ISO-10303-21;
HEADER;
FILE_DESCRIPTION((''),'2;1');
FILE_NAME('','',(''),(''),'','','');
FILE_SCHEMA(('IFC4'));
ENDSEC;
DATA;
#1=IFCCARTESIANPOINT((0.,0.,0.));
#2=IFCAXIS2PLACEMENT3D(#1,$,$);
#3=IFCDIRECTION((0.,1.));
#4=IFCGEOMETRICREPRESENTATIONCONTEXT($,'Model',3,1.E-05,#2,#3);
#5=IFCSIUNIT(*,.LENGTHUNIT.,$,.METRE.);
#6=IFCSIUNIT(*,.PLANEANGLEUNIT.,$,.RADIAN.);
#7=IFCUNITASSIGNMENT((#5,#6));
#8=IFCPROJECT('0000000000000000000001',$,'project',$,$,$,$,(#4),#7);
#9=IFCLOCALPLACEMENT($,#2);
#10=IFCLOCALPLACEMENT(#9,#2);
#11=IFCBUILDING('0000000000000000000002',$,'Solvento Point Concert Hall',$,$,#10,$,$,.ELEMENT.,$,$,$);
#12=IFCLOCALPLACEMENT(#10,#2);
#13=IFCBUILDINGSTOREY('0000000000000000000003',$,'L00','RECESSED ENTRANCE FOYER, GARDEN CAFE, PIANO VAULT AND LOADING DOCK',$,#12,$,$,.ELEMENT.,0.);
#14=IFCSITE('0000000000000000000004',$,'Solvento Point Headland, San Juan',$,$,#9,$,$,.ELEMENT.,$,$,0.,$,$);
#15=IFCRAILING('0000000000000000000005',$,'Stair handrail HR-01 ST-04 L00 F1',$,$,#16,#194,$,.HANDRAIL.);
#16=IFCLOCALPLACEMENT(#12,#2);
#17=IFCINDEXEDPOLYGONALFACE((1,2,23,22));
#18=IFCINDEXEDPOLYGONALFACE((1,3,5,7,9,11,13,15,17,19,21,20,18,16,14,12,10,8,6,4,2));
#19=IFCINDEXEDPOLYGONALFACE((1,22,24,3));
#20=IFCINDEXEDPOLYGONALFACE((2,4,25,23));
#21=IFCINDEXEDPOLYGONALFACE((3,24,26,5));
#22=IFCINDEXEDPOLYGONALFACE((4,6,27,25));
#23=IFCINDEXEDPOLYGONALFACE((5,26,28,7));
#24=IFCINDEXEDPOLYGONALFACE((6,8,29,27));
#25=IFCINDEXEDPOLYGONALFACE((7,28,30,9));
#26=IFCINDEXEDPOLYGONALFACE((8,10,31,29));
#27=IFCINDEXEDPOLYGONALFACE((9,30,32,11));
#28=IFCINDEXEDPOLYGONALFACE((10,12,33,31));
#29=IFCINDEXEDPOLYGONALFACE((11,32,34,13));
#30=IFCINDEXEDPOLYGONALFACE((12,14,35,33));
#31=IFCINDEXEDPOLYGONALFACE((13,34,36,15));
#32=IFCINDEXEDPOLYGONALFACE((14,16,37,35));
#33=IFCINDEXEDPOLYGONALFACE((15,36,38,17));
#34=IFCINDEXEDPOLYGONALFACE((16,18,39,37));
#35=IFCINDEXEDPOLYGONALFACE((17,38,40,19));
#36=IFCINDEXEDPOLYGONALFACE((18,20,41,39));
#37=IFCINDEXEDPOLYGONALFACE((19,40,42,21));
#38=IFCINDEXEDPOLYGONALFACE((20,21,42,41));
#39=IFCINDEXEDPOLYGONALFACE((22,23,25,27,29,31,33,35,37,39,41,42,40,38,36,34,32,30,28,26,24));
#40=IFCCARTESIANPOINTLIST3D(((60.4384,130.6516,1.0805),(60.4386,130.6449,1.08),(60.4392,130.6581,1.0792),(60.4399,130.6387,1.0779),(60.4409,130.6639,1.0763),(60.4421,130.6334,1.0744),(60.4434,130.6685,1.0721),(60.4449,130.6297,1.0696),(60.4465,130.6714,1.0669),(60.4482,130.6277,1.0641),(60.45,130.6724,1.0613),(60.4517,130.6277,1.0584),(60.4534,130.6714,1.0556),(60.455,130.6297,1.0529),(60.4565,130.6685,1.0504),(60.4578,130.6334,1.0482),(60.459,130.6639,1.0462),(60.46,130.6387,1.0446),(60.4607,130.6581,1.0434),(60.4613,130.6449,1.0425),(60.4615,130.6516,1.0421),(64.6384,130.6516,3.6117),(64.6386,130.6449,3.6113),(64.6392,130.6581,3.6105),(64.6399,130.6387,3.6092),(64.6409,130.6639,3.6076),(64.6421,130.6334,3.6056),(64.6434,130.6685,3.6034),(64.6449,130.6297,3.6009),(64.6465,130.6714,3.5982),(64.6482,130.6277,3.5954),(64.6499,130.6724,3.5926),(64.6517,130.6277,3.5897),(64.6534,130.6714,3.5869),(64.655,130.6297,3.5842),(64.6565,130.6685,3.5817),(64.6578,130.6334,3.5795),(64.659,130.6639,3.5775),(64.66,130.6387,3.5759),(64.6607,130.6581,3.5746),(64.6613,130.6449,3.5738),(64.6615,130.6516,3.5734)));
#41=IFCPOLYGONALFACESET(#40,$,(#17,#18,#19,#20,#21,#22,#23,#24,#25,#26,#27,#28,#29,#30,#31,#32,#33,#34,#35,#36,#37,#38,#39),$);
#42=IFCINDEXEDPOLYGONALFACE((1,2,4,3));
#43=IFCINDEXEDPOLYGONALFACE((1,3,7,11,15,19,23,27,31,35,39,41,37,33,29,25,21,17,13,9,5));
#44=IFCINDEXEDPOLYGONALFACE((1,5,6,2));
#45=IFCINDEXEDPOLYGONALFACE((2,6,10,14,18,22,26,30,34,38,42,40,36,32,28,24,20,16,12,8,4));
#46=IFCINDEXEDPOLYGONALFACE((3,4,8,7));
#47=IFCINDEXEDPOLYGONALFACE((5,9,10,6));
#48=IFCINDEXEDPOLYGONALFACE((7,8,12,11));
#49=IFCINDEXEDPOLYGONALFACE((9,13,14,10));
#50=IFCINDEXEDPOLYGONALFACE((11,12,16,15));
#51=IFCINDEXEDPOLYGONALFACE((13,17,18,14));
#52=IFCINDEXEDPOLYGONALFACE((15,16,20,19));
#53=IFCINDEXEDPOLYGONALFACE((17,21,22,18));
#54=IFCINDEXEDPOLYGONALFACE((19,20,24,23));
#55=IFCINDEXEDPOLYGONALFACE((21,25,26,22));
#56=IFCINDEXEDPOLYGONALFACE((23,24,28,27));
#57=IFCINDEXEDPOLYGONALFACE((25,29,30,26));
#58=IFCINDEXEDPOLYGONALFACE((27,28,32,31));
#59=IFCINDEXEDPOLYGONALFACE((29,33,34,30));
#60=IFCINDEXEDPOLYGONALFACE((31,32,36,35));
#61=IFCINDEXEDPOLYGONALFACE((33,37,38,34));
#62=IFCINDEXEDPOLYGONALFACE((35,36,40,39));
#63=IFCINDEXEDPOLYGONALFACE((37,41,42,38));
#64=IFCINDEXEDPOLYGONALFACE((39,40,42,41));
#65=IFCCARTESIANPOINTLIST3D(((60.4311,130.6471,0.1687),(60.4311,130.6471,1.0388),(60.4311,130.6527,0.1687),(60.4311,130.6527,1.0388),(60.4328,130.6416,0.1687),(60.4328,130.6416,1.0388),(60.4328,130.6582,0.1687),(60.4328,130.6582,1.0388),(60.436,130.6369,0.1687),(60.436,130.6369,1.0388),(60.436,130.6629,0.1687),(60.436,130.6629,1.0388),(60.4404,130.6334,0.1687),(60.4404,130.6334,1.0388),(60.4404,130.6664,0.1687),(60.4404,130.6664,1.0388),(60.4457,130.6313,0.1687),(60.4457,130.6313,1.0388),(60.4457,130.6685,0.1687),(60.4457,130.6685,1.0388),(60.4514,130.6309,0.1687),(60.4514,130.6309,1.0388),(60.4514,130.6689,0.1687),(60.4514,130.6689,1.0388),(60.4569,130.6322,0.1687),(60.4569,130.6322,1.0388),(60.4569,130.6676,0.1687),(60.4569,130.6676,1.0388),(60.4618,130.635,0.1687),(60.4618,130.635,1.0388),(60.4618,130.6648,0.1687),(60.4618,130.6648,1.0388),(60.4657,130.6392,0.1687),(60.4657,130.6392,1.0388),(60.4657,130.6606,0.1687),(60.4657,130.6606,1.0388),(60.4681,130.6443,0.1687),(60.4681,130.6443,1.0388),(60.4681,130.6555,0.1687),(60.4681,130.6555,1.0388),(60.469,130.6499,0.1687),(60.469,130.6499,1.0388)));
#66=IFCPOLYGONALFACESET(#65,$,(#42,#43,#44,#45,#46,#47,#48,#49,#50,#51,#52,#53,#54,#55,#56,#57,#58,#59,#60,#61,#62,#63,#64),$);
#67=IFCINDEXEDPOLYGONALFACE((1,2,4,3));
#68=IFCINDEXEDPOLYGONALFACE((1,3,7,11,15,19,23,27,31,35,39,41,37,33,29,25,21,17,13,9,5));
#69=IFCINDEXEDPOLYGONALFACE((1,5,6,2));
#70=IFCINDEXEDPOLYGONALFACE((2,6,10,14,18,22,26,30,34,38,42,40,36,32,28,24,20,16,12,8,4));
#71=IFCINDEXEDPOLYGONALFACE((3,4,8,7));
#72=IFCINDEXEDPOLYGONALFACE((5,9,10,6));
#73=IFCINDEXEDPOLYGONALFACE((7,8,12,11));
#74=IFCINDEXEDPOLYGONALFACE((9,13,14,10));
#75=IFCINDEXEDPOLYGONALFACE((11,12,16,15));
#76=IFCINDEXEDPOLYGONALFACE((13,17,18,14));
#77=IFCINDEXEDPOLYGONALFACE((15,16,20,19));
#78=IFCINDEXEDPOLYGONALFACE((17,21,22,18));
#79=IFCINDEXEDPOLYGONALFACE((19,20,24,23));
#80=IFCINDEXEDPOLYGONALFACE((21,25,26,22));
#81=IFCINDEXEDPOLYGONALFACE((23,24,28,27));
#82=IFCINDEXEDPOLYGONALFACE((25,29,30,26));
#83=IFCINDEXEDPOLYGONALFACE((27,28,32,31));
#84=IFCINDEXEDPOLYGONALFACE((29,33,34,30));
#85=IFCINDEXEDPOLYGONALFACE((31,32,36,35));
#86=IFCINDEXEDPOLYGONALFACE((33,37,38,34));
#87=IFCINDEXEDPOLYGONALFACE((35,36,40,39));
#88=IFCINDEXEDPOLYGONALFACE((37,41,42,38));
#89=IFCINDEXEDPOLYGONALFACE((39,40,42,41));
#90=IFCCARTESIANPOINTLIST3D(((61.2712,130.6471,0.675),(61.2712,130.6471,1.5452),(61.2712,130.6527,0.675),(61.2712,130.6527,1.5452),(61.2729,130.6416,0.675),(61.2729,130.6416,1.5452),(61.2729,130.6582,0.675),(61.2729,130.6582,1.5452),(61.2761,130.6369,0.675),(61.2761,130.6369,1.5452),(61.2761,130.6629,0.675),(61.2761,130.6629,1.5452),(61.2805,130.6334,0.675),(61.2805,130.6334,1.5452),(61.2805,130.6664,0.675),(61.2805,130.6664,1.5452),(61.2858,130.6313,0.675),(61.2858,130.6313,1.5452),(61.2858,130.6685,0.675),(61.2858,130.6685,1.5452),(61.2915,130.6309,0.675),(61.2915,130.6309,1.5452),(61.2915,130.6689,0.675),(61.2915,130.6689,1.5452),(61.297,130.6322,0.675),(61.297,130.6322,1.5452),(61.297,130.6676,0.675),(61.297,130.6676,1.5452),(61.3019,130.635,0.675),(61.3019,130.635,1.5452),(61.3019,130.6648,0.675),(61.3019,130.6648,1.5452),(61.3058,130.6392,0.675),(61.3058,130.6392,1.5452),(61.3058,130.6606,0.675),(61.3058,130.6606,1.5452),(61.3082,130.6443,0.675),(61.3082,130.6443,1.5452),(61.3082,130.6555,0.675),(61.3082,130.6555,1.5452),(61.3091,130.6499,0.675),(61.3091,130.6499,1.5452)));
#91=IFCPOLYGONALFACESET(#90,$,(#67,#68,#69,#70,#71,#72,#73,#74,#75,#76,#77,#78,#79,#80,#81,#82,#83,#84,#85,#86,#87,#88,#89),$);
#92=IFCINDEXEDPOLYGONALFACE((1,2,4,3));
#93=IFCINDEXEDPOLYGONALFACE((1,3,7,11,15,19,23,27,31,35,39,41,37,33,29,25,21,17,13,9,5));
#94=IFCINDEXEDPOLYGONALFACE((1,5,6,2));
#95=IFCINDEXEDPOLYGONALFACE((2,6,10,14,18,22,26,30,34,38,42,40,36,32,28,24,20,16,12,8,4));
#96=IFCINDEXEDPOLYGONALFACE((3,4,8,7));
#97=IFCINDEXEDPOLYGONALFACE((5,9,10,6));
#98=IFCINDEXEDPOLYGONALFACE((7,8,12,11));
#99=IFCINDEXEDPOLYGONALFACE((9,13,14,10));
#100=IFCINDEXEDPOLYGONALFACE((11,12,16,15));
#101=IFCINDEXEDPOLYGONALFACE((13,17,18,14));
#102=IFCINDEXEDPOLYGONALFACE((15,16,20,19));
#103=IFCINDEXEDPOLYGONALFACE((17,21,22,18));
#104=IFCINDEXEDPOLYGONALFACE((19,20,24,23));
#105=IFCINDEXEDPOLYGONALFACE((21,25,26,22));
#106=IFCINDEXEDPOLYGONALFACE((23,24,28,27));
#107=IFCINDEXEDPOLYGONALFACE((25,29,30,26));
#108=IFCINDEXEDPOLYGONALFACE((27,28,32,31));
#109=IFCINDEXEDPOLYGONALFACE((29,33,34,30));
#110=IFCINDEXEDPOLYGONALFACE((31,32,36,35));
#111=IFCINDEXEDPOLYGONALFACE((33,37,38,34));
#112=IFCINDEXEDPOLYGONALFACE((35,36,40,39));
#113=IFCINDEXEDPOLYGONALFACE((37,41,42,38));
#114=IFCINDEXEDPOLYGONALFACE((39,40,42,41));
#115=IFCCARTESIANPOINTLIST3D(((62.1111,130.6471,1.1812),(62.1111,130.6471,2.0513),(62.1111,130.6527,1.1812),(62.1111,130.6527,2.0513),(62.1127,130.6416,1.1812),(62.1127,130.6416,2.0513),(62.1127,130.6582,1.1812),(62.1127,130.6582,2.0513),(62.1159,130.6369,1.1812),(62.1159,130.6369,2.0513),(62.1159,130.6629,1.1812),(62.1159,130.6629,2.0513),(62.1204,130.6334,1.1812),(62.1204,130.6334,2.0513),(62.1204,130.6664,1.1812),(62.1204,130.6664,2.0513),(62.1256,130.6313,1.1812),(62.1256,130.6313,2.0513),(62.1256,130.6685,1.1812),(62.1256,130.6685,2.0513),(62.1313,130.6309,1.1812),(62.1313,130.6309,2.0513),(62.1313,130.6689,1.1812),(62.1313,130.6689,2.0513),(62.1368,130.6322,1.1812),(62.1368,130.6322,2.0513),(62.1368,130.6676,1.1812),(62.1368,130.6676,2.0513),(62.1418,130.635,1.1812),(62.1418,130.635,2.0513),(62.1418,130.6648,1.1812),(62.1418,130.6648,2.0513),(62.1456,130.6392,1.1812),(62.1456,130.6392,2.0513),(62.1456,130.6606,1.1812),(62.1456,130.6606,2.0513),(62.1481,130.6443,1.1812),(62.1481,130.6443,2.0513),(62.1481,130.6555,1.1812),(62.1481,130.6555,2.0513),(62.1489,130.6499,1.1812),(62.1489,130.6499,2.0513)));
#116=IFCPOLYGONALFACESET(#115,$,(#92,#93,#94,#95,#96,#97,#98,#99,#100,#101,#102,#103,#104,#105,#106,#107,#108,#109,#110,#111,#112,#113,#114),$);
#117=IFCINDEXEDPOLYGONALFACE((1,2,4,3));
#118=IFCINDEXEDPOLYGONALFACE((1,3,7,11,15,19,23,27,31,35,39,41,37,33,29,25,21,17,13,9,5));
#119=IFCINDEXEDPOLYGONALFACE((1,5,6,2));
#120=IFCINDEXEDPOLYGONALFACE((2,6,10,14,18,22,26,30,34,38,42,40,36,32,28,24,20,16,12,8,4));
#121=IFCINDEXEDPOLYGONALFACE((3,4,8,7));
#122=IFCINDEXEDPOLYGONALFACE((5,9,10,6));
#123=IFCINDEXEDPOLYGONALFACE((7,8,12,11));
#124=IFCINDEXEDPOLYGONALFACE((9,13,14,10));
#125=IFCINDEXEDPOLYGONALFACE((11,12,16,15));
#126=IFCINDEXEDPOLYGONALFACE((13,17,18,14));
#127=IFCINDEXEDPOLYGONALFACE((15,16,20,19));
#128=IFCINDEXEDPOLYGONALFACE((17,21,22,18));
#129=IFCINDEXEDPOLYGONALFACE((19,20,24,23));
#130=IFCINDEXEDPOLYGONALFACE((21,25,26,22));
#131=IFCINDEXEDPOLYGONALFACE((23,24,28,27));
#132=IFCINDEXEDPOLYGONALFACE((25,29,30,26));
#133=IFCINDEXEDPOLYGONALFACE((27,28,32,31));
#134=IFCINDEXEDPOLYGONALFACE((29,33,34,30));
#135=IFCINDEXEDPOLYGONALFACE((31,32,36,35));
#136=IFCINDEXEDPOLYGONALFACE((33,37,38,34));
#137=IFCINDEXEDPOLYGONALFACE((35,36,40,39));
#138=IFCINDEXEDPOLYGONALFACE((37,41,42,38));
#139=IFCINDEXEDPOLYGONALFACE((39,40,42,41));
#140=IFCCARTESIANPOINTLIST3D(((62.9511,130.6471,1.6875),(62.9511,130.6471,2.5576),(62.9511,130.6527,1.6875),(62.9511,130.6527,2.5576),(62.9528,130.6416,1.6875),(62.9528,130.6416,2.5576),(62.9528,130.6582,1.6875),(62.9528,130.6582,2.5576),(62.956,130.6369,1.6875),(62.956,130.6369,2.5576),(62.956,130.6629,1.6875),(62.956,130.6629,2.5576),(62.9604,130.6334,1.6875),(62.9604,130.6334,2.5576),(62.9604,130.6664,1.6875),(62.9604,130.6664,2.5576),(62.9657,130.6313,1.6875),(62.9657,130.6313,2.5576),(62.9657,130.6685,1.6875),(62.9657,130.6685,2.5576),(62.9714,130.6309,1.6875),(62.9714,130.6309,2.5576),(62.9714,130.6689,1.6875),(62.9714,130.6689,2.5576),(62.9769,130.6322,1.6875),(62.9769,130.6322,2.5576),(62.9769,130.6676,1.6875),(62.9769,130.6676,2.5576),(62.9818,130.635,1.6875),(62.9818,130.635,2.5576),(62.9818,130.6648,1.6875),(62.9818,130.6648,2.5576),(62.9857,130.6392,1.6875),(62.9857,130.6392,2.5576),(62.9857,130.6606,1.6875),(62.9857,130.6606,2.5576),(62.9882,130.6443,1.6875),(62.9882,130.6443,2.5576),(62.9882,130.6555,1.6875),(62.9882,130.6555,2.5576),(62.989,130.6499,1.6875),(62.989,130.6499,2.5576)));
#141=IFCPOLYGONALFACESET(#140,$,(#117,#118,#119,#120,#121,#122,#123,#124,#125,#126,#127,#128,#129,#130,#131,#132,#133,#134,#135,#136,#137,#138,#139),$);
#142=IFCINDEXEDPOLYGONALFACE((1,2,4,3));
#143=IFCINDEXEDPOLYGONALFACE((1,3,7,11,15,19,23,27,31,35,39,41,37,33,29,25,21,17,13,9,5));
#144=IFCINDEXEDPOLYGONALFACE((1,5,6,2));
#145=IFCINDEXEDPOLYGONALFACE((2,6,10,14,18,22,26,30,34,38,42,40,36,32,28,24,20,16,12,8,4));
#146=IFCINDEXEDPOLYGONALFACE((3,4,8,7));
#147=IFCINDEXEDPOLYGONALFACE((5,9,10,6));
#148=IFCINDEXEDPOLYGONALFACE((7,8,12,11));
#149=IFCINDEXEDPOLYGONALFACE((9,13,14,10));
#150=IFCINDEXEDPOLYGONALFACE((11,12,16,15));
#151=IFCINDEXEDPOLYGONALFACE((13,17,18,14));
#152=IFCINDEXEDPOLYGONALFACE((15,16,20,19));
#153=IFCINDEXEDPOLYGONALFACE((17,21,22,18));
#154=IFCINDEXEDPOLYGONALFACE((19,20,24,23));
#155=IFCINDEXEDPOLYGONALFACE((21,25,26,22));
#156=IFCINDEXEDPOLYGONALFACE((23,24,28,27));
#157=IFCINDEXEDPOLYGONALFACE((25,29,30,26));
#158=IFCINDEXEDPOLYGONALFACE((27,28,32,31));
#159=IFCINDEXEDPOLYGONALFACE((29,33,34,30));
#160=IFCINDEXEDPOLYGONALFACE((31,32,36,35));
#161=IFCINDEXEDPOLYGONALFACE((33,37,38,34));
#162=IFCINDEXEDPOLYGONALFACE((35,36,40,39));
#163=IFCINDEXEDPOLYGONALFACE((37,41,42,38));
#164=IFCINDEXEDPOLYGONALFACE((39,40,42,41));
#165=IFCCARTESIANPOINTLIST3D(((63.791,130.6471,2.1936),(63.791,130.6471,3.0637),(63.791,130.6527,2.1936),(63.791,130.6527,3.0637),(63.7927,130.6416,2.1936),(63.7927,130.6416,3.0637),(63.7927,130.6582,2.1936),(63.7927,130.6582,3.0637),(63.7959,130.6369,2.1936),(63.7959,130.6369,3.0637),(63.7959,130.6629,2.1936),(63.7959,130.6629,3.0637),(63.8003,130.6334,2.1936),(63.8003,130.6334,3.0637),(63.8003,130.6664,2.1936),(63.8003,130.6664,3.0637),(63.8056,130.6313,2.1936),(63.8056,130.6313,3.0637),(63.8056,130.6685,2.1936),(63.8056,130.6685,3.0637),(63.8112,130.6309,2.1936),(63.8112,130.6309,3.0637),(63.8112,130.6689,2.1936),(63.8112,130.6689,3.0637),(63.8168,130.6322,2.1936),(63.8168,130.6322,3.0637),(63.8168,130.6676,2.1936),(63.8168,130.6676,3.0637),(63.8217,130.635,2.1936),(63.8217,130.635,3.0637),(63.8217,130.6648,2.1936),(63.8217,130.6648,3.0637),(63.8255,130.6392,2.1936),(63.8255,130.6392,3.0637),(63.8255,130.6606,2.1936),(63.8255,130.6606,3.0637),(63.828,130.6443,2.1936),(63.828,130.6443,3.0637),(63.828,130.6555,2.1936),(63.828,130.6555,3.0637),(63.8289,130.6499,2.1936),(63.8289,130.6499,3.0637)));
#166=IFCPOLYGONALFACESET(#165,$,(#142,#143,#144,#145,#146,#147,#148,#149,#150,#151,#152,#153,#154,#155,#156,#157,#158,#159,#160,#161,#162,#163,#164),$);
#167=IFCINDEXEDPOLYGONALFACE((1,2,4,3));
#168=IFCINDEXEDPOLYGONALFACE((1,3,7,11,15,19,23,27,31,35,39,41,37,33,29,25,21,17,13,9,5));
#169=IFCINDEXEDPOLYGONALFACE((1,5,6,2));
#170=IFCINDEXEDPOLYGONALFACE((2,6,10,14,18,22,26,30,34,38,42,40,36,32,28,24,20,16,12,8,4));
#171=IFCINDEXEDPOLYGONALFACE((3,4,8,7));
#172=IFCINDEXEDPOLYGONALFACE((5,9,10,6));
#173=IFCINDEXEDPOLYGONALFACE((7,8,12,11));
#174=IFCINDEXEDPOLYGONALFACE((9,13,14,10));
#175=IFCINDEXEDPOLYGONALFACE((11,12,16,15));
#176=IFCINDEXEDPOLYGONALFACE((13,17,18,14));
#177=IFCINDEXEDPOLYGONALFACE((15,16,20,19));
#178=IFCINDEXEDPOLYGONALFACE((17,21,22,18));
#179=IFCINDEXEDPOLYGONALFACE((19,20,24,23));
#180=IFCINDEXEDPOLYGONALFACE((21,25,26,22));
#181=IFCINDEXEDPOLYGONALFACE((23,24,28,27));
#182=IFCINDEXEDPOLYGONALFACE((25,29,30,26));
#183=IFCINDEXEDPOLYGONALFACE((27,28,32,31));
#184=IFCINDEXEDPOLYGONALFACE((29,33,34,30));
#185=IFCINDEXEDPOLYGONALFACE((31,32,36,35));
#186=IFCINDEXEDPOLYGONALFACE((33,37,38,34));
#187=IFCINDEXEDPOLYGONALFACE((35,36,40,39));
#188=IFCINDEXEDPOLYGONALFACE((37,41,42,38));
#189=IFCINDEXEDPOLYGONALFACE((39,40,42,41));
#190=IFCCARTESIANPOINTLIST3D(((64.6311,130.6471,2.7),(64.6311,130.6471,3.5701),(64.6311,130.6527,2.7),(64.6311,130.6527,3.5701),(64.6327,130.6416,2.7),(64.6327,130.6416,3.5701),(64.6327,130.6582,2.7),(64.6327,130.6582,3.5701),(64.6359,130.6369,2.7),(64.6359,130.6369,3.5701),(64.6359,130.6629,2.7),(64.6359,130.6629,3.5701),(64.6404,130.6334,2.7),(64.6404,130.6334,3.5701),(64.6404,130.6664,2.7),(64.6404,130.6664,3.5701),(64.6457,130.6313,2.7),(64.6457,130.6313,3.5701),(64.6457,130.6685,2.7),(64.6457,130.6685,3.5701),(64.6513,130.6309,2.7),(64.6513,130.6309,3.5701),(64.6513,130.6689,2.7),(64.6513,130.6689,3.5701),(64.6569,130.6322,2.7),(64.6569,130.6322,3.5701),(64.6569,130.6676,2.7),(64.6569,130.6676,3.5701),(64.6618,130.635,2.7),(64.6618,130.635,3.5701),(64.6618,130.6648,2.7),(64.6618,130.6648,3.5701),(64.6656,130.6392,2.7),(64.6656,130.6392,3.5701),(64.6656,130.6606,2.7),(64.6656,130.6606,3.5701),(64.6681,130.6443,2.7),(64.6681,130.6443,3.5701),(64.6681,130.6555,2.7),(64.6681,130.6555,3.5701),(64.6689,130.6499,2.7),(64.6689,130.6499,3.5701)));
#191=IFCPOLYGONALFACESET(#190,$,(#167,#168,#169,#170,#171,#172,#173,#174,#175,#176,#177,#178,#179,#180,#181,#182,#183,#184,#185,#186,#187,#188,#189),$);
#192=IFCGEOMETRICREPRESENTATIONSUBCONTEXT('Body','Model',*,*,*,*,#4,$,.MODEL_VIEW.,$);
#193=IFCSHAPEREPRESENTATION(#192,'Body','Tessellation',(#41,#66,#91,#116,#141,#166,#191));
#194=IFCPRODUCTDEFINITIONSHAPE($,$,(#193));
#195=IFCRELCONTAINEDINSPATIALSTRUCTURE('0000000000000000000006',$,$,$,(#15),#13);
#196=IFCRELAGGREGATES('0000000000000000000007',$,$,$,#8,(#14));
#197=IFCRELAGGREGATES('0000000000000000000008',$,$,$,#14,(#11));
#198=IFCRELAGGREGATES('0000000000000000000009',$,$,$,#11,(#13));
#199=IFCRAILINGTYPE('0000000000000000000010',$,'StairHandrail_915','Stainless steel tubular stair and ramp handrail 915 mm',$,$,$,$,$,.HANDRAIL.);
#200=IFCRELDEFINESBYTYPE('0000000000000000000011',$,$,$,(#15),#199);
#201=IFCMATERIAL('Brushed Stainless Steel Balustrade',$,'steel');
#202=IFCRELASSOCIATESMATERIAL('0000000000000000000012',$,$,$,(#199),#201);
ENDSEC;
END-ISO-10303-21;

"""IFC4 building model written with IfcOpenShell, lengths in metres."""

from ifc_helpers import new_model, si_unit, direction, frame, origin, origin_2d, place, context, subcontext, project, spatial, circle, extrude, material, type_object, element, save


model = new_model("IFC4")

# Units and contexts
model_context = context("Model", 3, precision=1e-05, world=origin(), true_north=direction((0.0, 1.0)))
body_context = subcontext(model_context, "Body", "Model", "MODEL_VIEW")
ifc_project = project(units=[si_unit("LENGTHUNIT", "METRE"), si_unit("PLANEANGLEUNIT", "RADIAN")], contexts=[model_context])

# Site, building, storey
site_placement = place(None, origin())
site = spatial("IfcSite", under=ifc_project, at=site_placement, Name="Solvento Point Headland, San Juan", CompositionType="ELEMENT", RefElevation=0.0)
building_placement = place(site_placement, origin())
building = spatial("IfcBuilding", under=site, at=building_placement, Name="Solvento Point Concert Hall", CompositionType="ELEMENT")
storey_placement = place(building_placement, origin())
storey = spatial("IfcBuildingStorey", under=building, at=storey_placement, Name="L00", Description="RECESSED ENTRANCE FOYER, GARDEN CAFE, PIANO VAULT AND LOADING DOCK", CompositionType="ELEMENT", Elevation=0.0)

# Railing
ifc_material_1 = material(Name="Brushed Stainless Steel Balustrade", Category="steel")
railing_type = type_object("IfcRailingType", Name="StairHandrail_915", Description="Stainless steel tubular stair and ramp handrail 915 mm", PredefinedType="HANDRAIL", material=ifc_material_1)
railing_placement = place(storey_placement, frame((60.45, 130.6499, 0.1687)))
element("IfcRailing", 1, at=railing_placement, inside=storey, type_object=railing_type, Name="Stair handrail HR-01 ST-04 L00 F1", PredefinedType="HANDRAIL", context=body_context, shape_type="SweptSolid", body=[
    extrude(circle(Radius=0.0225, at=origin_2d()), frame((0.0, 0.0, 0.8926), z_axis=(0.856476, 0.0, 0.516186), x_axis=(0.0, 1.0, 0.0)), (0.0, 0.0, 1.0), 4.9038),
    extrude(circle(Radius=0.019, at=origin_2d()), origin(), (0.0, 0.0, 1.0), 0.8701),
    extrude(circle(Radius=0.019, at=origin_2d()), frame((0.8401, 0.0, 0.5063)), (0.0, 0.0, 1.0), 0.8701),
    extrude(circle(Radius=0.019, at=origin_2d()), frame((1.6799, 0.0, 1.0125)), (0.0, 0.0, 1.0), 0.8701),
    extrude(circle(Radius=0.019, at=origin_2d()), frame((2.52, 0.0, 1.5188)), (0.0, 0.0, 1.0), 0.8701),
    extrude(circle(Radius=0.019, at=origin_2d()), frame((3.3599, 0.0, 2.0249)), (0.0, 0.0, 1.0), 0.8701),
    extrude(circle(Radius=0.019, at=origin_2d()), frame((4.2, 0.0, 2.5312)), (0.0, 0.0, 1.0), 0.8701),
])

save(model, "model.ifc")
